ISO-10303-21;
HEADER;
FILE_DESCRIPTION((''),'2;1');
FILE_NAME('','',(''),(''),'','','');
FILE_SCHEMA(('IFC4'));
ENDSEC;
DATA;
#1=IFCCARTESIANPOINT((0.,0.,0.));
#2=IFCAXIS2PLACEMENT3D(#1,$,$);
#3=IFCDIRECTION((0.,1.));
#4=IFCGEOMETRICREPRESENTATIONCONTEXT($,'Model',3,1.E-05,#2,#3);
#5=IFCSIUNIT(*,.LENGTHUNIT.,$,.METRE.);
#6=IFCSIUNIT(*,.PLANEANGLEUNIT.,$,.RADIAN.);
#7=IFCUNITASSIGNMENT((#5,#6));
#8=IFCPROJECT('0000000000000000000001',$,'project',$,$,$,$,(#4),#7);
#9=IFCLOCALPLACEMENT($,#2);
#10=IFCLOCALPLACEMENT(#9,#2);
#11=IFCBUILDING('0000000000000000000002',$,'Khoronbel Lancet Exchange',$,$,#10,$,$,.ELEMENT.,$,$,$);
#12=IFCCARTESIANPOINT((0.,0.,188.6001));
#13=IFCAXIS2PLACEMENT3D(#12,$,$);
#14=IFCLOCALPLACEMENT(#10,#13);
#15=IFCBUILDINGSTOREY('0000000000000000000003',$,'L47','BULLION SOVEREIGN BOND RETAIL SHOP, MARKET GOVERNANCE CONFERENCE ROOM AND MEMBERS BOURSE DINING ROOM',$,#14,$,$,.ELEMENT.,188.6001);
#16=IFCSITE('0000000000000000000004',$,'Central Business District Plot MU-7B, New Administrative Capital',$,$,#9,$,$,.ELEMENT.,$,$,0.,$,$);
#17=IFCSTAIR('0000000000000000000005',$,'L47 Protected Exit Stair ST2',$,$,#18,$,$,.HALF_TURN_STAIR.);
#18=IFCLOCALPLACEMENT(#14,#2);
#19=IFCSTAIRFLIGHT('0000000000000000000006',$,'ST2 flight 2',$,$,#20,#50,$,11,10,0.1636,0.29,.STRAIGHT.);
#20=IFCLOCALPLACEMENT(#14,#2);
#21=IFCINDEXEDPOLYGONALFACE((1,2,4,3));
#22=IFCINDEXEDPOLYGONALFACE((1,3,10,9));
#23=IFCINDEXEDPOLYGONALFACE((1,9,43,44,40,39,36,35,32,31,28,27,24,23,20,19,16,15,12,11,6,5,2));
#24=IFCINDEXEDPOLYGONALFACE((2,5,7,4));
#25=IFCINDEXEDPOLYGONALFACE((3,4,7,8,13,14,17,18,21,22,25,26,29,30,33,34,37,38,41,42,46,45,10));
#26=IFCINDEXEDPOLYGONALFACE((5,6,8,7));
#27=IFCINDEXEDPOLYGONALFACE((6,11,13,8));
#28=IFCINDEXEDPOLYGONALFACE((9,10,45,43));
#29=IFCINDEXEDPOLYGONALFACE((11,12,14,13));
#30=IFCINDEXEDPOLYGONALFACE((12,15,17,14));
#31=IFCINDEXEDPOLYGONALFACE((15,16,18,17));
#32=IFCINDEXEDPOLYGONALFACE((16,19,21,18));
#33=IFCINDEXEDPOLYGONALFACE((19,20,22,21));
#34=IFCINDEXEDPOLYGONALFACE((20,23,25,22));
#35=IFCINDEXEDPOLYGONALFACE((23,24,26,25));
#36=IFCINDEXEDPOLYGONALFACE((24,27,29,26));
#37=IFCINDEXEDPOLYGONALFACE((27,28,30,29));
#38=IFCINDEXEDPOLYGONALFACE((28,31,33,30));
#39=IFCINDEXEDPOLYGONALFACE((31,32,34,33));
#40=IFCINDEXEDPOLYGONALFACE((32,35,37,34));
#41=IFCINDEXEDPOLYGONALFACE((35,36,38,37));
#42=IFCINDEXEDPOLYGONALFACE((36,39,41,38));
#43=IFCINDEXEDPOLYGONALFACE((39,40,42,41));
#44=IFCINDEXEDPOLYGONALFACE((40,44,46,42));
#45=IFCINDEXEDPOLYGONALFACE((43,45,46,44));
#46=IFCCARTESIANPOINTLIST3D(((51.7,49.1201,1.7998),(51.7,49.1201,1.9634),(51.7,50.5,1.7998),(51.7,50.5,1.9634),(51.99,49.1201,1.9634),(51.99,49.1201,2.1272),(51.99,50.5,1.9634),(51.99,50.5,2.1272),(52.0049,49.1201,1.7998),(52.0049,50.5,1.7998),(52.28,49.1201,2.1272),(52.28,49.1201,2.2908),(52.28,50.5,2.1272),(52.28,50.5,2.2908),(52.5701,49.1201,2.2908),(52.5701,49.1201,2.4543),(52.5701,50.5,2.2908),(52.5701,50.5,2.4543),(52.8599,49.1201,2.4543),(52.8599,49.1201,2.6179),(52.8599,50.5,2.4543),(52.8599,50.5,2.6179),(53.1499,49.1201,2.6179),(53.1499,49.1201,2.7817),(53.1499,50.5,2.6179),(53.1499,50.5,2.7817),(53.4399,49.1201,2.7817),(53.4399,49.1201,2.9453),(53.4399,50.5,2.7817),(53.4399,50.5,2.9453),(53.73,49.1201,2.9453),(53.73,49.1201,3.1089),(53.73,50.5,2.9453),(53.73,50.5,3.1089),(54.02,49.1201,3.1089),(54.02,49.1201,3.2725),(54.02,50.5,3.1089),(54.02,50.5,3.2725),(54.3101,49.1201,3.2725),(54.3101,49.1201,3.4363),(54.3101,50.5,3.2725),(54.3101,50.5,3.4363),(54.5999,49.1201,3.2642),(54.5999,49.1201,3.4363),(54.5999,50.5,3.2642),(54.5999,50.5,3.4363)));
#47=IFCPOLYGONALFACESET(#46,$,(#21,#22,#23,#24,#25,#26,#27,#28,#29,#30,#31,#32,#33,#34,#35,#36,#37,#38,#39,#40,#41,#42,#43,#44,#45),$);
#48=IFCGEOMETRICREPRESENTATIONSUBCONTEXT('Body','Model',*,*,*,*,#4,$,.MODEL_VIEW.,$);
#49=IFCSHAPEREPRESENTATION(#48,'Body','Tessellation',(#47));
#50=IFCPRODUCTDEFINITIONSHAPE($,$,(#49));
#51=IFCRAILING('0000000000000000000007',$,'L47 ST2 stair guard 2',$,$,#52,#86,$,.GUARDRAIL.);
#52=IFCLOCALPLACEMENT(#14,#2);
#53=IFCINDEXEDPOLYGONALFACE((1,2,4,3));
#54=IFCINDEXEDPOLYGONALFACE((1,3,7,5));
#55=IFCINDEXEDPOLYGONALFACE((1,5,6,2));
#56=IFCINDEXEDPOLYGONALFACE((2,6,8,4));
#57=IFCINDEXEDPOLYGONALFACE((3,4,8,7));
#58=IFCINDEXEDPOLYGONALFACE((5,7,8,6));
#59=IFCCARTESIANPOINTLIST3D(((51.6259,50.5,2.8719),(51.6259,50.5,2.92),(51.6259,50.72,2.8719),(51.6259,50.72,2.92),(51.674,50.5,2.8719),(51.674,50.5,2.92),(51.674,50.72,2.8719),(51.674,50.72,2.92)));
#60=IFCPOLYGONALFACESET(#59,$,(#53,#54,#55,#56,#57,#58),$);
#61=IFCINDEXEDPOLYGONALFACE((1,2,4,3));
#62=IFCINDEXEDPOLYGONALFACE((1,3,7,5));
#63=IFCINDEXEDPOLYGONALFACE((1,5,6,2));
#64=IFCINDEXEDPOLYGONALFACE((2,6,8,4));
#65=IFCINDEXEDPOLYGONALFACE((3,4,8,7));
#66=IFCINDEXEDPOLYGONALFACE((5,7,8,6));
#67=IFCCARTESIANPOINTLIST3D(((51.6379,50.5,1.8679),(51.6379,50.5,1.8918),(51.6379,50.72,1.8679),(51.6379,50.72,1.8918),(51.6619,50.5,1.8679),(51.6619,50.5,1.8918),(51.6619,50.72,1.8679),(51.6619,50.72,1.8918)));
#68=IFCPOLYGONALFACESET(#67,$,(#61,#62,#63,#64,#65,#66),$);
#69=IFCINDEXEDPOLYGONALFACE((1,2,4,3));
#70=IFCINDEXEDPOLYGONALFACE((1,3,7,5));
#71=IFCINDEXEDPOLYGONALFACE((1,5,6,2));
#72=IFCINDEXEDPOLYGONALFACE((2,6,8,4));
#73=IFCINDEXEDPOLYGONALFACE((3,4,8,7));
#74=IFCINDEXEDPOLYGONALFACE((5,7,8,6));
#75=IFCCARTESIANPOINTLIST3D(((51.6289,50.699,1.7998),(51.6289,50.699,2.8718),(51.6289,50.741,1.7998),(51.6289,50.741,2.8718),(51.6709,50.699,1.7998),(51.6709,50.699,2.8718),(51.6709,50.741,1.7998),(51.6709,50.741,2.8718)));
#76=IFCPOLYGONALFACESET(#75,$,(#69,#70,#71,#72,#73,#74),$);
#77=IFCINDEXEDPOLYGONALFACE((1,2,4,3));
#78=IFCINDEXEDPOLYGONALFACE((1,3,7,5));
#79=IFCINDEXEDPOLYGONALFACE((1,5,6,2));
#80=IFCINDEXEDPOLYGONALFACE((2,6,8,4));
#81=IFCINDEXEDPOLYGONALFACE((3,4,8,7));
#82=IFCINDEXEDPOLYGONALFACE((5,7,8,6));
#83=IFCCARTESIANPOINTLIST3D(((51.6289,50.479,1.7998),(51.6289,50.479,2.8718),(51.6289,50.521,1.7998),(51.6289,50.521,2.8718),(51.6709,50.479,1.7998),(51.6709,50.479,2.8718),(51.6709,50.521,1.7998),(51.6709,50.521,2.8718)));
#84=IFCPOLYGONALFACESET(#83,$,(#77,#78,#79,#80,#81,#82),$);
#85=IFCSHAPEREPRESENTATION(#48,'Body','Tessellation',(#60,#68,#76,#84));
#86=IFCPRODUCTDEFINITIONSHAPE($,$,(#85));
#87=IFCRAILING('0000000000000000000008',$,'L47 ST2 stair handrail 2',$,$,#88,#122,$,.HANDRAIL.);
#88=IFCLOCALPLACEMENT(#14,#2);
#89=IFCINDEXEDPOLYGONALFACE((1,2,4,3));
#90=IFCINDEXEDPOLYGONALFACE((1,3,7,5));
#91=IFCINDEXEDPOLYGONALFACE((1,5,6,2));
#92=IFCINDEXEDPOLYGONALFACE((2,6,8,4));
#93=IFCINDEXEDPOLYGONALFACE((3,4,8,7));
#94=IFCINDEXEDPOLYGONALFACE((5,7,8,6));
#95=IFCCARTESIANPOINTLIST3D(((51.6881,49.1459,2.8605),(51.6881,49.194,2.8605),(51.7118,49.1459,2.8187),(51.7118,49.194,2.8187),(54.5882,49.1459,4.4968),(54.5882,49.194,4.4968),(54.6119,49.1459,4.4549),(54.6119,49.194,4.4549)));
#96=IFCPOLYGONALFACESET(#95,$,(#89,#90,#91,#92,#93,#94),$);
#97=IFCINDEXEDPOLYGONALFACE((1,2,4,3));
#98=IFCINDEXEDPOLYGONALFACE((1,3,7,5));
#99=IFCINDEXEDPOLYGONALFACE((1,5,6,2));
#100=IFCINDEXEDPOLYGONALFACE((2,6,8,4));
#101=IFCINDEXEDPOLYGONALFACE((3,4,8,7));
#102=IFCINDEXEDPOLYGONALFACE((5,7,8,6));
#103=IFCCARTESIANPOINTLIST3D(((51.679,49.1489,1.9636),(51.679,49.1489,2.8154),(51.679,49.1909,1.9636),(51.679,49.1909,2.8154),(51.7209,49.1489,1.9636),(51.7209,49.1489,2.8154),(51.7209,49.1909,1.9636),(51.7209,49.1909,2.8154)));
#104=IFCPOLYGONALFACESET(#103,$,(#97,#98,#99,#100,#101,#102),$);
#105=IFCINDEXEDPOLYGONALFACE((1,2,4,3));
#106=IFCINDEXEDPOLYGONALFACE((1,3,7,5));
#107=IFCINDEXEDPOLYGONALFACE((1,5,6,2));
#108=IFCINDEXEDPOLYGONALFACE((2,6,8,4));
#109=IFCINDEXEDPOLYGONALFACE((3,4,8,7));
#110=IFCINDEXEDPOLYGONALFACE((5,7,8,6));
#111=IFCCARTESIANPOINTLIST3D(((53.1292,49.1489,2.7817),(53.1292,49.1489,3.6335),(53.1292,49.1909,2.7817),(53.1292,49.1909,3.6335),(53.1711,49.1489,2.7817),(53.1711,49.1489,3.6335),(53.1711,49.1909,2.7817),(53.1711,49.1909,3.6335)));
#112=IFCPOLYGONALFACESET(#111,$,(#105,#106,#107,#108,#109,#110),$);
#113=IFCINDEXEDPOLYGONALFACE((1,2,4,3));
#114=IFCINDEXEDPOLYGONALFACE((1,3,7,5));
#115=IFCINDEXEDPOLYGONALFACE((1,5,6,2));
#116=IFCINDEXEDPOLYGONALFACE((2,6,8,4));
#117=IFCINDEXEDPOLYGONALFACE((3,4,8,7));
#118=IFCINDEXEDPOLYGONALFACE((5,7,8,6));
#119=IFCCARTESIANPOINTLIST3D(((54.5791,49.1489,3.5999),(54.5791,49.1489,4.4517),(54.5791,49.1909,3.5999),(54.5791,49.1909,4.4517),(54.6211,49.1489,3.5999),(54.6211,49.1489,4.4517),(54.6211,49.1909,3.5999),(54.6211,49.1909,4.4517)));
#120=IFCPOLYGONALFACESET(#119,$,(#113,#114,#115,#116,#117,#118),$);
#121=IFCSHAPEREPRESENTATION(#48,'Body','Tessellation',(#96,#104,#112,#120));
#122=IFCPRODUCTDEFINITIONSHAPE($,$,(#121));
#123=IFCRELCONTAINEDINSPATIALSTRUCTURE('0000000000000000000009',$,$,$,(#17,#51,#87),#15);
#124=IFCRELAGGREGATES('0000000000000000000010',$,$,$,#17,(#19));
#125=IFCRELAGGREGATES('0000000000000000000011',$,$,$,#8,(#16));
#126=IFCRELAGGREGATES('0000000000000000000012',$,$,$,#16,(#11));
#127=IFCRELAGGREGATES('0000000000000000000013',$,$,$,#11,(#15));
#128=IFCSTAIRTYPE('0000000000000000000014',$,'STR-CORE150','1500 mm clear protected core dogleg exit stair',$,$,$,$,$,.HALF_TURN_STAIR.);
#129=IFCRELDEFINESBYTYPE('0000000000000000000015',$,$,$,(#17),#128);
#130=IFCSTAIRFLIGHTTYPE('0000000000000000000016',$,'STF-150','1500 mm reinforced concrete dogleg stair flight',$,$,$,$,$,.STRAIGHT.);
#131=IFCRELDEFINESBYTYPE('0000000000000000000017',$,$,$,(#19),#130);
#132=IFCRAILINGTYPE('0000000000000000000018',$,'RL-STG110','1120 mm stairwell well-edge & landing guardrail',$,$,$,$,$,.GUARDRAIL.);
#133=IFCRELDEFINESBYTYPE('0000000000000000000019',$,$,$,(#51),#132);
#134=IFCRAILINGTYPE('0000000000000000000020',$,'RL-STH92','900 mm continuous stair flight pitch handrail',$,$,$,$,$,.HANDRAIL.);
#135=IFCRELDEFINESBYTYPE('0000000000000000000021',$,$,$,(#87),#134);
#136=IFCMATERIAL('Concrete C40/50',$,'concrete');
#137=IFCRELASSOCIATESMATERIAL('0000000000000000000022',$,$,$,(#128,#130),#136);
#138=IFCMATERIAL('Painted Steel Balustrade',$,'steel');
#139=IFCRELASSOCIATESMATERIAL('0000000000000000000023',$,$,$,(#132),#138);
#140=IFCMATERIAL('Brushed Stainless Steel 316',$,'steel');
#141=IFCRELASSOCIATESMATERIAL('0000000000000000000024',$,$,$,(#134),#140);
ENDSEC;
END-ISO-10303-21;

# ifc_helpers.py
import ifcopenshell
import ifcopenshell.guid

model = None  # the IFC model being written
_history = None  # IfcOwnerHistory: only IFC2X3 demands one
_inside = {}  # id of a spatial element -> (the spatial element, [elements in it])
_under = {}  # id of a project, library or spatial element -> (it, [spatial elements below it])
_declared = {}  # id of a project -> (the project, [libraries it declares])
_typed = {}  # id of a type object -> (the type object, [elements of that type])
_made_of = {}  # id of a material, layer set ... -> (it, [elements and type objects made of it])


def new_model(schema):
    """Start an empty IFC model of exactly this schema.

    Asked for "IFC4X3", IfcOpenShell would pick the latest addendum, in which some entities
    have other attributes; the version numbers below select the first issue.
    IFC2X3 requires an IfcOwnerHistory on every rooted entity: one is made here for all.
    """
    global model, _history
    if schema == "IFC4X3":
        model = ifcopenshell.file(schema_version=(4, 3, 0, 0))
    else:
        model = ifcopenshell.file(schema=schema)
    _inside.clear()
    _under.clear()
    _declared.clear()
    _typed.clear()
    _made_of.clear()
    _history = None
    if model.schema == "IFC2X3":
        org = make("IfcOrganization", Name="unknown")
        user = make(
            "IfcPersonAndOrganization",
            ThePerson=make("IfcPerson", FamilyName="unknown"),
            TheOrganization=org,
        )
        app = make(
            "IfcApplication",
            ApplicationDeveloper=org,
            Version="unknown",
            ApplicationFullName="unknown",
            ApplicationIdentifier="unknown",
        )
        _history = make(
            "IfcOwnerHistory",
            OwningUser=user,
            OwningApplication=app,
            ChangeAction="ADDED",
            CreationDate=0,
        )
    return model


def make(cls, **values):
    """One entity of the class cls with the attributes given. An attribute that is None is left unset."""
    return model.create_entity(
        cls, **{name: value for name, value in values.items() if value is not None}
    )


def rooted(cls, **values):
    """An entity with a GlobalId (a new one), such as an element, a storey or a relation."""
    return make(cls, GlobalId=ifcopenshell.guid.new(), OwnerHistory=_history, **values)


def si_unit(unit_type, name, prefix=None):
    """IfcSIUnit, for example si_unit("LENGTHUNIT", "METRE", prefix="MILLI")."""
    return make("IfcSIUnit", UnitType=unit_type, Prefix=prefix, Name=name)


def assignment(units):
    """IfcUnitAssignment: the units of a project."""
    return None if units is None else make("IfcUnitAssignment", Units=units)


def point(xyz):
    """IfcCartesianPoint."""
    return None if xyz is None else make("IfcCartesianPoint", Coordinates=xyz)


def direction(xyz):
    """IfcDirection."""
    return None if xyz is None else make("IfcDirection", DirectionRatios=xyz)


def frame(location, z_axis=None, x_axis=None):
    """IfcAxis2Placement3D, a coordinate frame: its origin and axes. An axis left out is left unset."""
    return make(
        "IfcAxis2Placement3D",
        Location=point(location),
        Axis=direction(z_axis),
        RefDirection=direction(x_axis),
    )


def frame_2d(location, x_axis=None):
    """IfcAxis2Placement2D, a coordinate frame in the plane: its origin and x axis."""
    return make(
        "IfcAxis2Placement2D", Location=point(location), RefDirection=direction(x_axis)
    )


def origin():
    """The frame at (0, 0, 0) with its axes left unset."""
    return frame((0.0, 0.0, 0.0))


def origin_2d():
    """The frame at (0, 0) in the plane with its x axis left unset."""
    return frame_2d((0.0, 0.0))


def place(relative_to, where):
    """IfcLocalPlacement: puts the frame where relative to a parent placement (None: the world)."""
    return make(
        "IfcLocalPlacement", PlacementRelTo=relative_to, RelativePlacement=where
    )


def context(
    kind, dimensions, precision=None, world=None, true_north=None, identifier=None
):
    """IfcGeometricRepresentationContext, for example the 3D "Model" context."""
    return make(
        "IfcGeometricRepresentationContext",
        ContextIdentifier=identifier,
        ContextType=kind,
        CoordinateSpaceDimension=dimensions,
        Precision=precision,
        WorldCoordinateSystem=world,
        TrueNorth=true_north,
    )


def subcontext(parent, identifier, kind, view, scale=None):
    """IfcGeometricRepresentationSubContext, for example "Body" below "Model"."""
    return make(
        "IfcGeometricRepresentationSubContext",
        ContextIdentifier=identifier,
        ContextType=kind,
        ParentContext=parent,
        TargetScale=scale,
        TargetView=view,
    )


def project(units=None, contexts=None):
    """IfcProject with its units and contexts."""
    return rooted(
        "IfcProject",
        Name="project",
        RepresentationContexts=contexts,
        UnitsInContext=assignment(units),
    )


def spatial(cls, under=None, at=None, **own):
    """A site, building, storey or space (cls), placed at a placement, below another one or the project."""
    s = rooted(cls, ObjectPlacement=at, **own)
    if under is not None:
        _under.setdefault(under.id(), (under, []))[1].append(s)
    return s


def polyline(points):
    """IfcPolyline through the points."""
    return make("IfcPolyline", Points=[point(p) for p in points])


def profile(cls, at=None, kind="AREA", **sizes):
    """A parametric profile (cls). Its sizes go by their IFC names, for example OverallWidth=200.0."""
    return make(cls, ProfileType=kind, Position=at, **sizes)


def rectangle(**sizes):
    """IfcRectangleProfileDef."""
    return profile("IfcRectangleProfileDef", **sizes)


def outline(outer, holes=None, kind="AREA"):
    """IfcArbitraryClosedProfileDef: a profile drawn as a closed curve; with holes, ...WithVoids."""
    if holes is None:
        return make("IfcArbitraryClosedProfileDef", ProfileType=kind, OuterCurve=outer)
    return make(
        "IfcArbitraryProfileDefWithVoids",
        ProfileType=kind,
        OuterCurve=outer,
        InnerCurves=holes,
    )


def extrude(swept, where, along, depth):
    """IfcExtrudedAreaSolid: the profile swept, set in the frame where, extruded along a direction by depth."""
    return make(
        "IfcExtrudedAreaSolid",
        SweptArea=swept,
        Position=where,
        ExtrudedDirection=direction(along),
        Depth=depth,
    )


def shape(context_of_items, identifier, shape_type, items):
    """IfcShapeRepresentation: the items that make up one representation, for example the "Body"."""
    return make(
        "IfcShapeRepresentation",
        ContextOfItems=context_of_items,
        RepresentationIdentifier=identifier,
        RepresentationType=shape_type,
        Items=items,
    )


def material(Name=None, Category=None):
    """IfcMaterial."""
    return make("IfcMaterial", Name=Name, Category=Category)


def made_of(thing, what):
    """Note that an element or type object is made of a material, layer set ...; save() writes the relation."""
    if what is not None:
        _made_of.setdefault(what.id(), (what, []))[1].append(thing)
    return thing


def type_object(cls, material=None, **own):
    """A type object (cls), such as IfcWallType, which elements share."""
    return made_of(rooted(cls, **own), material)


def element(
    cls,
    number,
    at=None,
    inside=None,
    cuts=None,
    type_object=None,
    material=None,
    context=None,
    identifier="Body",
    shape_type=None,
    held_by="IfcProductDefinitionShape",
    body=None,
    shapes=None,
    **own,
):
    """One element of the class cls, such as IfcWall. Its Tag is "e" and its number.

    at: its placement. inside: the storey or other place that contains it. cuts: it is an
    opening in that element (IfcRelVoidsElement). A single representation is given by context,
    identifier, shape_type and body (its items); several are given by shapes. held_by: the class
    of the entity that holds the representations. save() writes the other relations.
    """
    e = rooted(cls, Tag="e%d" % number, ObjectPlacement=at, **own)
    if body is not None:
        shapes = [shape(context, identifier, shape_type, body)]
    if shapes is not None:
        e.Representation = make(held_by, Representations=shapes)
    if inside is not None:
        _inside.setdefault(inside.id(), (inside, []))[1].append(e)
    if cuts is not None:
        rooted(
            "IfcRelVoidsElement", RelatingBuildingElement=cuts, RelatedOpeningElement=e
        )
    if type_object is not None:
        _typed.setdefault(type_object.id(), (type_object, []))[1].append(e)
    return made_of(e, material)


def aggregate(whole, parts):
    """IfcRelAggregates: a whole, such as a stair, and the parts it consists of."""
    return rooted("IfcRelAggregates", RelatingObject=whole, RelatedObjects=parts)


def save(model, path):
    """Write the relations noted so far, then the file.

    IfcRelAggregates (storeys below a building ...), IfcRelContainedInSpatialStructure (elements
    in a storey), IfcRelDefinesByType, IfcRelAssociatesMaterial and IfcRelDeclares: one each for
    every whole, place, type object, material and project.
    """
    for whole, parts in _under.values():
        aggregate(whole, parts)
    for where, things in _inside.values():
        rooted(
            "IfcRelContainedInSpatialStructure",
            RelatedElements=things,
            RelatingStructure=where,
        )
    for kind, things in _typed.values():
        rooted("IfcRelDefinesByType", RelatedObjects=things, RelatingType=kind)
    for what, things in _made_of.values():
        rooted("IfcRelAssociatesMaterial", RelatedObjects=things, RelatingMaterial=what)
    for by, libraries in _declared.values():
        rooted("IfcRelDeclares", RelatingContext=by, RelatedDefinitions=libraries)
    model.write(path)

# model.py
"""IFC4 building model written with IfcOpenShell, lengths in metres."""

from ifc_helpers import new_model, si_unit, direction, frame, origin, origin_2d, place, context, subcontext, project, spatial, polyline, rectangle, outline, extrude, material, type_object, element, aggregate, save


model = new_model("IFC4")

# Units and contexts
model_context = context("Model", 3, precision=1e-05, world=origin(), true_north=direction((0.0, 1.0)))
body_context = subcontext(model_context, "Body", "Model", "MODEL_VIEW")
ifc_project = project(units=[si_unit("LENGTHUNIT", "METRE"), si_unit("PLANEANGLEUNIT", "RADIAN")], contexts=[model_context])

# Site, building, storey
site_placement = place(None, origin())
site = spatial("IfcSite", under=ifc_project, at=site_placement, Name="Central Business District Plot MU-7B, New Administrative Capital", CompositionType="ELEMENT", RefElevation=0.0)
building_placement = place(site_placement, origin())
building = spatial("IfcBuilding", under=site, at=building_placement, Name="Khoronbel Lancet Exchange", CompositionType="ELEMENT")
storey_placement = place(building_placement, frame((0.0, 0.0, 188.6001)))
storey = spatial("IfcBuildingStorey", under=building, at=storey_placement, Name="L47", Description="BULLION SOVEREIGN BOND RETAIL SHOP, MARKET GOVERNANCE CONFERENCE ROOM AND MEMBERS BOURSE DINING ROOM", CompositionType="ELEMENT", Elevation=188.6001)

# Stair, stair flight
ifc_material_1 = material(Name="Concrete C40/50", Category="concrete")
stair_type = type_object("IfcStairType", Name="STR-CORE150", Description="1500 mm clear protected core dogleg exit stair", PredefinedType="HALF_TURN_STAIR", material=ifc_material_1)
stair_placement = place(storey_placement, origin())
stair = element("IfcStair", 1, at=stair_placement, inside=storey, type_object=stair_type, Name="L47 Protected Exit Stair ST2", PredefinedType="HALF_TURN_STAIR")
stair_flight_type = type_object("IfcStairFlightType", Name="STF-150", Description="1500 mm reinforced concrete dogleg stair flight", PredefinedType="STRAIGHT", material=ifc_material_1)
stair_flight_placement = place(storey_placement, frame((51.7, 49.8101, 1.7998), z_axis=(0.0, 0.0, 1.0), x_axis=(1.0, 0.0, 0.0)))
stair_flight = element("IfcStairFlight", 2, at=stair_flight_placement, type_object=stair_flight_type, Name="ST2 flight 2", NumberOfRisers=11, NumberOfTreads=10, PredefinedType="STRAIGHT", RiserHeight=0.1636, TreadLength=0.29, context=body_context, shape_type="SweptSolid", body=[
    extrude(outline(polyline([(0.0, 0.0), (0.0, 0.1636), (0.29, 0.1636), (0.29, 0.3274), (0.5801, 0.3274), (0.5801, 0.491), (0.8701, 0.491), (0.8701, 0.6545), (1.1599, 0.6545), (1.1599, 0.8181), (1.45, 0.8181), (1.45, 0.9819), (1.74, 0.9819), (1.74, 1.1455), (2.03, 1.1455), (2.03, 1.3091), (2.3201, 1.3091), (2.3201, 1.4727), (2.6101, 1.4727), (2.6101, 1.6365), (2.8999, 1.6365), (2.8999, 1.8), (2.8999, 1.4644), (0.3049, 0.0), (0.0, 0.0)])), frame((0.0, 0.6899, 0.0), z_axis=(0.0, -1.0, 0.0), x_axis=(1.0, 0.0, 0.0)), (0.0, 0.0, 1.0), 1.3799),
])
aggregate(stair, [stair_flight])

# Railings
ifc_material_2 = material(Name="Painted Steel Balustrade", Category="steel")
railing_type_1 = type_object("IfcRailingType", Name="RL-STG110", Description="1120 mm stairwell well-edge & landing guardrail", PredefinedType="GUARDRAIL", material=ifc_material_2)
railing_1_placement = place(storey_placement, frame((51.6499, 50.72, 1.7998)))
element("IfcRailing", 3, at=railing_1_placement, inside=storey, type_object=railing_type_1, Name="L47 ST2 stair guard 2", PredefinedType="GUARDRAIL", context=body_context, shape_type="SweptSolid", body=[
    extrude(rectangle(XDim=0.0481, YDim=0.0481, at=origin_2d()), frame((0.0, 0.0, 1.0962), z_axis=(0.0, -1.0, 0.0), x_axis=(1.0, 0.0, 0.0)), (0.0, 0.0, 1.0), 0.22),
    extrude(rectangle(XDim=0.0239, YDim=0.0239, at=origin_2d()), frame((0.0, 0.0, 0.0801), z_axis=(0.0, -1.0, 0.0), x_axis=(1.0, 0.0, 0.0)), (0.0, 0.0, 1.0), 0.22),
    extrude(rectangle(XDim=0.042, YDim=0.042, at=origin_2d()), origin(), (0.0, 0.0, 1.0), 1.072),
    extrude(rectangle(XDim=0.042, YDim=0.042, at=origin_2d()), frame((0.0, -0.22, 0.0)), (0.0, 0.0, 1.0), 1.072),
])
ifc_material_3 = material(Name="Brushed Stainless Steel 316", Category="steel")
railing_type_2 = type_object("IfcRailingType", Name="RL-STH92", Description="900 mm continuous stair flight pitch handrail", PredefinedType="HANDRAIL", material=ifc_material_3)
railing_2_placement = place(storey_placement, frame((51.7, 49.1699, 1.9636)))
element("IfcRailing", 4, at=railing_2_placement, inside=storey, type_object=railing_type_2, Name="L47 ST2 stair handrail 2", PredefinedType="HANDRAIL", context=body_context, shape_type="SweptSolid", body=[
    extrude(rectangle(XDim=0.0481, YDim=0.0481, at=origin_2d()), frame((0.0, 0.0, 0.876), z_axis=(0.870946, 0.0, 0.491378), x_axis=(0.0, 1.0, 0.0)), (0.0, 0.0, 1.0), 3.3298),
    extrude(rectangle(XDim=0.042, YDim=0.042, at=origin_2d()), origin(), (0.0, 0.0, 1.0), 0.8518),
    extrude(rectangle(XDim=0.042, YDim=0.042, at=origin_2d()), frame((1.4502, 0.0, 0.8181)), (0.0, 0.0, 1.0), 0.8518),
    extrude(rectangle(XDim=0.042, YDim=0.042, at=origin_2d()), frame((2.9001, 0.0, 1.6362)), (0.0, 0.0, 1.0), 0.8518),
])

save(model, "model.ifc")
